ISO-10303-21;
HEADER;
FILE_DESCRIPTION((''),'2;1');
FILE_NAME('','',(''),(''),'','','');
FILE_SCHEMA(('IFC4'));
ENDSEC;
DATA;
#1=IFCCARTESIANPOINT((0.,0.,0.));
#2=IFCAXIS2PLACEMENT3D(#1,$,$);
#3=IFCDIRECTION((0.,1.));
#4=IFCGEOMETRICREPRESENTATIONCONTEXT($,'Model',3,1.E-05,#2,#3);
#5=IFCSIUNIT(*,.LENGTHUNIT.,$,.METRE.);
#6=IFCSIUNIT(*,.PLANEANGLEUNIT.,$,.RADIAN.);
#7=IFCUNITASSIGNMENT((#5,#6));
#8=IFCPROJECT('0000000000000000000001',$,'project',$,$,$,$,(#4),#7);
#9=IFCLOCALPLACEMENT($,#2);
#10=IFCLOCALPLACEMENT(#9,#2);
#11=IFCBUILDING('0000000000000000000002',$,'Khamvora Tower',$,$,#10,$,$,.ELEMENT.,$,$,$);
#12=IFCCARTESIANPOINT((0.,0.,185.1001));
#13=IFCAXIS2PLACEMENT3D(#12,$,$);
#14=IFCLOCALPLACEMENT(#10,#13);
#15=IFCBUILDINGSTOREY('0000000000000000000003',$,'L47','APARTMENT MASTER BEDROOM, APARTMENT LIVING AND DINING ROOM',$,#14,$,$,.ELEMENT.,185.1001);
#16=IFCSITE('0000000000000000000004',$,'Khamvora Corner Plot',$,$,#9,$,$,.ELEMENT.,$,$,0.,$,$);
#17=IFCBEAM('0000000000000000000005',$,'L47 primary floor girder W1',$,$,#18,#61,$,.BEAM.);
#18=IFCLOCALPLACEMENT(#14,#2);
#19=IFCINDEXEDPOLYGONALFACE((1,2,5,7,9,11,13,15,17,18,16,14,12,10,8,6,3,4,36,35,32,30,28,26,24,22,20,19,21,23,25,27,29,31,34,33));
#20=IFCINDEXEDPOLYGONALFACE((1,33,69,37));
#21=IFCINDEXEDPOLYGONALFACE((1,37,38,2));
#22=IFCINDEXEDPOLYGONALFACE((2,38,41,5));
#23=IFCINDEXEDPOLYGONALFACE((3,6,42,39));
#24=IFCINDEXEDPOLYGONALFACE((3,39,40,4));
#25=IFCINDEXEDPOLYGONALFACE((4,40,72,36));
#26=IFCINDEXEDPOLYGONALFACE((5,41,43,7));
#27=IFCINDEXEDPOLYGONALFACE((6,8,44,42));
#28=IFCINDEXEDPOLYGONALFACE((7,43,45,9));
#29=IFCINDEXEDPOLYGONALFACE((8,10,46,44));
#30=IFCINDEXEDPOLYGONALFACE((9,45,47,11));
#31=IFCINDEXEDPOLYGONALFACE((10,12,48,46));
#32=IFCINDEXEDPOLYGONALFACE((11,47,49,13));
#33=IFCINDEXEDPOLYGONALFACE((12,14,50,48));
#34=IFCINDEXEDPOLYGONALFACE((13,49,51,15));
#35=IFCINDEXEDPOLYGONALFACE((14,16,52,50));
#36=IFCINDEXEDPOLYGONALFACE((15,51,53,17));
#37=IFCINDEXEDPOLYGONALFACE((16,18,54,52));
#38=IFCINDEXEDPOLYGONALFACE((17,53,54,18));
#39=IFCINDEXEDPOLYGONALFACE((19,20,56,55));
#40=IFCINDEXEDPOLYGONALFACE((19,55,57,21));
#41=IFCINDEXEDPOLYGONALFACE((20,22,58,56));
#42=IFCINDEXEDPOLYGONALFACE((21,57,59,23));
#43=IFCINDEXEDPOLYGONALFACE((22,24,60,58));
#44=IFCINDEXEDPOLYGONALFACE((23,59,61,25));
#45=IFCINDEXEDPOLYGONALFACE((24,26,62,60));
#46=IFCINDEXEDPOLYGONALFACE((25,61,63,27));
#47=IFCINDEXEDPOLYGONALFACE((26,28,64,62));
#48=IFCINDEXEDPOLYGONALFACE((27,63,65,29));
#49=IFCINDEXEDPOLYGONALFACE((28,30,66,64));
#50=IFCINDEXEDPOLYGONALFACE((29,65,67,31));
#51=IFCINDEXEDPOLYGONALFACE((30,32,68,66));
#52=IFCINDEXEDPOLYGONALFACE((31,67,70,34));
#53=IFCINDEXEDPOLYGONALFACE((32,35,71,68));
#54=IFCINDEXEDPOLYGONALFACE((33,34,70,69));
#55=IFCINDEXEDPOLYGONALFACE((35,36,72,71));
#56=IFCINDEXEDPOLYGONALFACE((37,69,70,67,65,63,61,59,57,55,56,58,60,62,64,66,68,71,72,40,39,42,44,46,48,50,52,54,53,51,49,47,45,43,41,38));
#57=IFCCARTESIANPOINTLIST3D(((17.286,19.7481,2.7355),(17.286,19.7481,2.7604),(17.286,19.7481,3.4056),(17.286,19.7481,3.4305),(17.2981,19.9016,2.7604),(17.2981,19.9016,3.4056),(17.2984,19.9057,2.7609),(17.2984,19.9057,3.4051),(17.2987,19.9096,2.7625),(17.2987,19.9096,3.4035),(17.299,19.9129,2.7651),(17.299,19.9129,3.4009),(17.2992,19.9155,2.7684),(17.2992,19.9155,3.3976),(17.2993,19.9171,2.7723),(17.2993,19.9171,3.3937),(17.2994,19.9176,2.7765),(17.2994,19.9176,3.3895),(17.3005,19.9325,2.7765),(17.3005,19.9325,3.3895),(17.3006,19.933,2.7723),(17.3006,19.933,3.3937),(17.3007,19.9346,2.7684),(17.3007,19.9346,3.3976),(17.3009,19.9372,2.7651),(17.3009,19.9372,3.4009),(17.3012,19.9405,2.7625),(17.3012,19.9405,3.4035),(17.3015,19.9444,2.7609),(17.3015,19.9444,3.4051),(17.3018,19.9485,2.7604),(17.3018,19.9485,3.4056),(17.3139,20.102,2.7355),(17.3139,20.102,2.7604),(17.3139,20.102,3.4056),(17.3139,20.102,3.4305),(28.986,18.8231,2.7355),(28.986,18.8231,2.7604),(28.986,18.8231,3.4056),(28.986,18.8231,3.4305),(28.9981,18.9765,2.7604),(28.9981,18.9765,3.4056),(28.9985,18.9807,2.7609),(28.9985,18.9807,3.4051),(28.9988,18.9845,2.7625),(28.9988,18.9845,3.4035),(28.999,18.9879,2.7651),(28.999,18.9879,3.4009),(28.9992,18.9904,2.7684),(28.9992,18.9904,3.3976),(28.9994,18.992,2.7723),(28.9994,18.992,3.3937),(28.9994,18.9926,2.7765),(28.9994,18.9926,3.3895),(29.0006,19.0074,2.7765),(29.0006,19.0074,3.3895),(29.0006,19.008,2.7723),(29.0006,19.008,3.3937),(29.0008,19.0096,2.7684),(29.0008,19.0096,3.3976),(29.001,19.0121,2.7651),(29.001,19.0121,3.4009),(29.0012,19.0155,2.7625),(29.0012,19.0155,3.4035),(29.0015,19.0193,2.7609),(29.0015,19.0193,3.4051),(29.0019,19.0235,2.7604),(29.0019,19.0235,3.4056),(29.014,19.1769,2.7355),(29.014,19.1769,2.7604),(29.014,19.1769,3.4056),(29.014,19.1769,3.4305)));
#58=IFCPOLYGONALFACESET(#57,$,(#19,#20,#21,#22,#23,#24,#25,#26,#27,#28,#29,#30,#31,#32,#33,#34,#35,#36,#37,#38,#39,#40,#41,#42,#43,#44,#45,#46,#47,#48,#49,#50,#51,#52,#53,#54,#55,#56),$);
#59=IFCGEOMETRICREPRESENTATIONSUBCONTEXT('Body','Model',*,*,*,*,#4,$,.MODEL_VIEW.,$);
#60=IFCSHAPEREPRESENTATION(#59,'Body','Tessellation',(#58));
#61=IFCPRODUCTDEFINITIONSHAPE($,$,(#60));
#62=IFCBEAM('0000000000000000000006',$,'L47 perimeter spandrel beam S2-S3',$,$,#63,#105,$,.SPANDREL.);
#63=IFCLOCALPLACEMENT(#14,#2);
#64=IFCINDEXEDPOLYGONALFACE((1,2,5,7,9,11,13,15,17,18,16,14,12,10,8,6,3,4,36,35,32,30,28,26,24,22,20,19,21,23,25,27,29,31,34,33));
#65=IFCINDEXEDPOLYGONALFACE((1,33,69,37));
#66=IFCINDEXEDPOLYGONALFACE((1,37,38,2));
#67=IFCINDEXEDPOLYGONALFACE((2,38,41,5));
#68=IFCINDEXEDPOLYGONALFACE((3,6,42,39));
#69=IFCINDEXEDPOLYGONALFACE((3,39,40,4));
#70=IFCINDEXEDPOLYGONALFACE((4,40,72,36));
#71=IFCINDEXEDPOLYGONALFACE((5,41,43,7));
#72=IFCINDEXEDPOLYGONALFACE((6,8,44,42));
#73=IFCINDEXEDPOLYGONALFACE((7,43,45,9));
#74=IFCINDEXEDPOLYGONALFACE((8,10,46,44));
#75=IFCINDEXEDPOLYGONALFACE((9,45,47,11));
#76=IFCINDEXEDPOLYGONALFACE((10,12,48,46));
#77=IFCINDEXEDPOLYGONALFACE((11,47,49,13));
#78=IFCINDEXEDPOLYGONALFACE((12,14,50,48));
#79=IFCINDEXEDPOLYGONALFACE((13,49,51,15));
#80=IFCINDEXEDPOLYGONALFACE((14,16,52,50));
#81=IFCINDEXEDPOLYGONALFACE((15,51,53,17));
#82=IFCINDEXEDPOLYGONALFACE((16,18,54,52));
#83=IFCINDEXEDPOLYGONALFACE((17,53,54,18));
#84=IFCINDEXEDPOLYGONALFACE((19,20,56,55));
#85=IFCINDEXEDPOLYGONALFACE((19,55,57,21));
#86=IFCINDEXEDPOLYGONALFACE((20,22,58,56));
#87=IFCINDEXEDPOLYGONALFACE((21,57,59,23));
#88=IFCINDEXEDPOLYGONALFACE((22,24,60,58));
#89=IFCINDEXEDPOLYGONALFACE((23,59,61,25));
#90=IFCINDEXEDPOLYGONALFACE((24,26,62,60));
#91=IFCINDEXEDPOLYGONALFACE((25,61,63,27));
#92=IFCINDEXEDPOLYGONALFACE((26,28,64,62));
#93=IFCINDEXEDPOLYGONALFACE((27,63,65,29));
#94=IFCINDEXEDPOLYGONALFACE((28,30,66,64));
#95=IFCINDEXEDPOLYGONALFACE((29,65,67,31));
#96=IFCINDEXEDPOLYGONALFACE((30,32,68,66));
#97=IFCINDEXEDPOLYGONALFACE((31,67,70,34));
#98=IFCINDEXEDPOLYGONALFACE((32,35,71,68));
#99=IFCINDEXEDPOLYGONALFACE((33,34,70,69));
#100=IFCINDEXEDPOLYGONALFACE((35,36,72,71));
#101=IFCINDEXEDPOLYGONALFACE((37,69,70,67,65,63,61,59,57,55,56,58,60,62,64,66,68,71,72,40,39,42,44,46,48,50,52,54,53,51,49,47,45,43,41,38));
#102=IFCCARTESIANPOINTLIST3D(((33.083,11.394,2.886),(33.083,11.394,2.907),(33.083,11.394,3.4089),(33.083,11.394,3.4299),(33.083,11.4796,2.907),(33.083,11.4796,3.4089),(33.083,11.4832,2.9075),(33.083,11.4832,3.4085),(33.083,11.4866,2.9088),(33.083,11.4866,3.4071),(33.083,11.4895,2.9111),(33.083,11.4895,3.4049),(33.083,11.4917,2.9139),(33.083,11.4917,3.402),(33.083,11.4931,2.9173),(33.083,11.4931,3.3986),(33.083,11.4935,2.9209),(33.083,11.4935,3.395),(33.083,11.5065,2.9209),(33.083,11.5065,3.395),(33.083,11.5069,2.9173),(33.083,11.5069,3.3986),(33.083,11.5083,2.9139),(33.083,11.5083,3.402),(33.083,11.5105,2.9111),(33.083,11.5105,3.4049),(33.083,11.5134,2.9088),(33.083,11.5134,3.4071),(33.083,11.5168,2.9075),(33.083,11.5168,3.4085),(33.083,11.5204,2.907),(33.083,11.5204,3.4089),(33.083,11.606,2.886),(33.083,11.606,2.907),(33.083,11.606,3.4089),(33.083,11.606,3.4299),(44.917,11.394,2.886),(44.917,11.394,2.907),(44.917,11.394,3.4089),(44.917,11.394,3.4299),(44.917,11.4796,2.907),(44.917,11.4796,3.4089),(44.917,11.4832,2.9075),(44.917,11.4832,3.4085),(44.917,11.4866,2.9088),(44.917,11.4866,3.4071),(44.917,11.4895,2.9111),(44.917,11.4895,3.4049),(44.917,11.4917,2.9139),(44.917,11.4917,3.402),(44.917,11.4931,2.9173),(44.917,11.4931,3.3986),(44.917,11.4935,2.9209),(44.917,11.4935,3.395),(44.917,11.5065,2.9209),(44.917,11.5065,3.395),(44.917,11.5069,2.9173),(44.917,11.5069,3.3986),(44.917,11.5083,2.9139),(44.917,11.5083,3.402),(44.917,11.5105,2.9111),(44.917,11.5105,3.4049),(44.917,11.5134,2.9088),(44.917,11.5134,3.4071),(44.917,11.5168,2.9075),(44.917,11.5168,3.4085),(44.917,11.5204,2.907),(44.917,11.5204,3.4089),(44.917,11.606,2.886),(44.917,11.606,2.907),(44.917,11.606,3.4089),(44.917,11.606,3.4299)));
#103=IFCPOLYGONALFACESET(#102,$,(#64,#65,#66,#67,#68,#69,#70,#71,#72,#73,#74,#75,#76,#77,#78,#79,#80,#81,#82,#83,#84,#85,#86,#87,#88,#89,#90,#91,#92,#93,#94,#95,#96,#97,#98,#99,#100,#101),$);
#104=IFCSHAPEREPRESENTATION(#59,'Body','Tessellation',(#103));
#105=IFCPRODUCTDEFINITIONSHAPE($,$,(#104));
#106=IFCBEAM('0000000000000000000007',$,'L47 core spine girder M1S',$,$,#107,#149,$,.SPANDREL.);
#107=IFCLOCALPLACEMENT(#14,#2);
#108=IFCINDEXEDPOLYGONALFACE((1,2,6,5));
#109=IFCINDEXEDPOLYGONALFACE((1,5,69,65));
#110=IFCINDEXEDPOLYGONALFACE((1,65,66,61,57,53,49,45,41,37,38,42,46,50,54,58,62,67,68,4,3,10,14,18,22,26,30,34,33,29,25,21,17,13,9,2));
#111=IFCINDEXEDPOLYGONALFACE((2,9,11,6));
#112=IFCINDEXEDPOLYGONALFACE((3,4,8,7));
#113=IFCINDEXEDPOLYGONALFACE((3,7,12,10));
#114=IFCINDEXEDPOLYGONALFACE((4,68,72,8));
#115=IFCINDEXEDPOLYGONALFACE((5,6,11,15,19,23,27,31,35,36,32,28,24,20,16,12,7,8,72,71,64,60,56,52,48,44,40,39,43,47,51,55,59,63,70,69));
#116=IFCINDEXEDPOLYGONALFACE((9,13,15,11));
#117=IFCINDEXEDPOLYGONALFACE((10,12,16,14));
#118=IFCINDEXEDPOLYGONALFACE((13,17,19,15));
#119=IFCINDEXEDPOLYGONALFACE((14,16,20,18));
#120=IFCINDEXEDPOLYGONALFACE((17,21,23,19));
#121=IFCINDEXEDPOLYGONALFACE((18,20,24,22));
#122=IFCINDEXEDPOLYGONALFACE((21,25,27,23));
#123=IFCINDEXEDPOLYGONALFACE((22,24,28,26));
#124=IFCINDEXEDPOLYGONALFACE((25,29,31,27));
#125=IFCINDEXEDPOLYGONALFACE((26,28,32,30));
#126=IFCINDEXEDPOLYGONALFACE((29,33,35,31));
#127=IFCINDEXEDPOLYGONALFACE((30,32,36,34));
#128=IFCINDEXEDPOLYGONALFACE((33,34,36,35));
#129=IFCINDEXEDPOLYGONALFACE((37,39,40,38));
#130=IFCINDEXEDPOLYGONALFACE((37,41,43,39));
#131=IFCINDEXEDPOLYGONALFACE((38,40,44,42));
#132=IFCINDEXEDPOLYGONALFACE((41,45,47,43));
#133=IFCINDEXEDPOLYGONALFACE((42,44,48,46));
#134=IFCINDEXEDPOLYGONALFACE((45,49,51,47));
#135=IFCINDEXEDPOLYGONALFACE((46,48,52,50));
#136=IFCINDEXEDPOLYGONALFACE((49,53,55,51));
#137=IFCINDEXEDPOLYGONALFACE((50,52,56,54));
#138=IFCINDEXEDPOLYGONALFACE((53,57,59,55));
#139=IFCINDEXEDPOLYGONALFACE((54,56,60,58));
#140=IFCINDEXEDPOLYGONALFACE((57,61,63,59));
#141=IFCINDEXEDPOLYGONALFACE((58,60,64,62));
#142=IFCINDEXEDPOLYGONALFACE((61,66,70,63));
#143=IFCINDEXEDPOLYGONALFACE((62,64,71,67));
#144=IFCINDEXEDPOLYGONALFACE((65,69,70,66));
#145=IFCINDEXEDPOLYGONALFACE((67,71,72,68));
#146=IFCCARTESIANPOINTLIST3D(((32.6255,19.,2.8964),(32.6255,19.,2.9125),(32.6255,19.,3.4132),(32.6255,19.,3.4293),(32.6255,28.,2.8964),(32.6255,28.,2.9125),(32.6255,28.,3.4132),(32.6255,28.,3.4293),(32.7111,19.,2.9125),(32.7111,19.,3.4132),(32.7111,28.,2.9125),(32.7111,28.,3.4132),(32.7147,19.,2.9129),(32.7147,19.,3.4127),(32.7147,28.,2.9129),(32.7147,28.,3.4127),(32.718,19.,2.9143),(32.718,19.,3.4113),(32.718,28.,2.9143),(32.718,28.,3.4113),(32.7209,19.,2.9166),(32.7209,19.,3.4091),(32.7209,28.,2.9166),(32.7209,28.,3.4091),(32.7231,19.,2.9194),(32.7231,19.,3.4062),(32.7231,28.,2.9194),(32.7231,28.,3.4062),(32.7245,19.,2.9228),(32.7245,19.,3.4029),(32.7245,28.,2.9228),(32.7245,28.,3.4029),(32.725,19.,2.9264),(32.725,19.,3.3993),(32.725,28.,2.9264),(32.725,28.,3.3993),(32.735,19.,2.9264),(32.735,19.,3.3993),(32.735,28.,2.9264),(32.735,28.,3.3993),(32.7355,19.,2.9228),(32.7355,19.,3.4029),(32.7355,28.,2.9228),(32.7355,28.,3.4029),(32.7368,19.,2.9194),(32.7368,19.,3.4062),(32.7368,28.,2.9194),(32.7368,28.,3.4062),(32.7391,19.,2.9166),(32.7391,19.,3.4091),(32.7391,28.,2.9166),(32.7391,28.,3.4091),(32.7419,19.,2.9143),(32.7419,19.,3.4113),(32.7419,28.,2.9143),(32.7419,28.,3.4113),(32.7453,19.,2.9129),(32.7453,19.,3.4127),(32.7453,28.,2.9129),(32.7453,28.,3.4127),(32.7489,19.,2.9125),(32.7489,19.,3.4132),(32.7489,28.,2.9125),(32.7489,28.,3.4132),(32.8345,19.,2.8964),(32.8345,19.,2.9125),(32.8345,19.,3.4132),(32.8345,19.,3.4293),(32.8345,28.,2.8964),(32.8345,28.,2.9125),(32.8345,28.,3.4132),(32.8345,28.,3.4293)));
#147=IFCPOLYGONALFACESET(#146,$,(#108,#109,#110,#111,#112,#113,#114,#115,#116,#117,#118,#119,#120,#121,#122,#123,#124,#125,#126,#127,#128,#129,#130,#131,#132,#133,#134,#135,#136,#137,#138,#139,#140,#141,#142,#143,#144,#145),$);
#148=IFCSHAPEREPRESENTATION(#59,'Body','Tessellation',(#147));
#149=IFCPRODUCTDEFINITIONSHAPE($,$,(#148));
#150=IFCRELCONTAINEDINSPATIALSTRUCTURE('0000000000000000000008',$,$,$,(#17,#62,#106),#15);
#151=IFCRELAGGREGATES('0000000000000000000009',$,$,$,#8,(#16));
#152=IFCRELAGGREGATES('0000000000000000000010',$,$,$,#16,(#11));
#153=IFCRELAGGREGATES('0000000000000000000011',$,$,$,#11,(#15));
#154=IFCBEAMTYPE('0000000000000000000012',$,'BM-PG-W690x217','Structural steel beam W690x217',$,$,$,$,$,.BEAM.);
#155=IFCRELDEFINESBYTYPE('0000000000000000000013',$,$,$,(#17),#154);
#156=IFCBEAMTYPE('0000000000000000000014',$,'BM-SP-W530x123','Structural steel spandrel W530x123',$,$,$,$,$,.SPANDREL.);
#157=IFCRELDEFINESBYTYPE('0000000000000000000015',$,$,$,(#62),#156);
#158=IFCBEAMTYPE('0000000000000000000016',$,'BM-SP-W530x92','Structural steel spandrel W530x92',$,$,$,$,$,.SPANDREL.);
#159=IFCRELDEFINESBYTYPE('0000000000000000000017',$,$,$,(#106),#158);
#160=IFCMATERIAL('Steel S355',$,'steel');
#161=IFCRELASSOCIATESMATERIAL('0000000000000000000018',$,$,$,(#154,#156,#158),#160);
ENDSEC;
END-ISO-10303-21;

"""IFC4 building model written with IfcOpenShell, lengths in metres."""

from ifc_helpers import new_model, si_unit, direction, frame, origin, origin_2d, place, context, subcontext, project, spatial, i_section, extrude, material, material_profile, profile_set, type_object, element, save


model = new_model("IFC4")

# Units and contexts
model_context = context("Model", 3, precision=1e-05, world=origin(), true_north=direction((0.0, 1.0)))
body_context = subcontext(model_context, "Body", "Model", "MODEL_VIEW")
ifc_project = project(units=[si_unit("LENGTHUNIT", "METRE"), si_unit("PLANEANGLEUNIT", "RADIAN")], contexts=[model_context])

# Site, building, storey
site_placement = place(None, origin())
site = spatial("IfcSite", under=ifc_project, at=site_placement, Name="Khamvora Corner Plot", CompositionType="ELEMENT", RefElevation=0.0)
building_placement = place(site_placement, origin())
building = spatial("IfcBuilding", under=site, at=building_placement, Name="Khamvora Tower", CompositionType="ELEMENT")
storey_placement = place(building_placement, frame((0.0, 0.0, 185.1001)))
storey = spatial("IfcBuildingStorey", under=building, at=storey_placement, Name="L47", Description="APARTMENT MASTER BEDROOM, APARTMENT LIVING AND DINING ROOM", CompositionType="ELEMENT", Elevation=185.1001)

# Shared definitions
ifc_material_1 = material(Name="Steel S355", Category="steel")

# Beams
ifc_material_profile_1 = material_profile(ifc_material_1, i_section(OverallWidth=0.355, OverallDepth=0.6951, WebThickness=0.0149, FlangeThickness=0.0249, FilletRadius=0.0161, at=origin_2d()), Name="W690x217")
ifc_profile_set_1 = profile_set([ifc_material_profile_1], Name="Steel S355")
beam_type_1 = type_object("IfcBeamType", Name="BM-PG-W690x217", Description="Structural steel beam W690x217", PredefinedType="BEAM", material=ifc_profile_set_1)
beam_1_placement = place(storey_placement, frame((29.0, 19.0, 3.083), z_axis=(-0.996889, 0.078818, 0.0), x_axis=(-0.078818, -0.996889, 0.0)))
element("IfcBeam", 1, at=beam_1_placement, inside=storey, type_object=beam_type_1, Name="L47 primary floor girder W1", PredefinedType="BEAM", context=body_context, shape_type="SweptSolid", body=[
    extrude(i_section(OverallWidth=0.355, OverallDepth=0.6951, WebThickness=0.0149, FlangeThickness=0.0249, FilletRadius=0.0161, at=origin_2d()), origin(), (0.0, 0.0, 1.0), 11.7366),
])
ifc_material_profile_2 = material_profile(ifc_material_1, i_section(OverallWidth=0.2119, OverallDepth=0.5439, WebThickness=0.0129, FlangeThickness=0.021, FilletRadius=0.0139, at=origin_2d()), Name="W530x123")
ifc_profile_set_2 = profile_set([ifc_material_profile_2], Name="Steel S355")
beam_type_2 = type_object("IfcBeamType", Name="BM-SP-W530x123", Description="Structural steel spandrel W530x123", PredefinedType="SPANDREL", material=ifc_profile_set_2)
beam_2_placement = place(storey_placement, frame((33.083, 11.5, 3.158), z_axis=(1.0, 0.0, 0.0), x_axis=(0.0, 1.0, 0.0)))
element("IfcBeam", 2, at=beam_2_placement, inside=storey, type_object=beam_type_2, Name="L47 perimeter spandrel beam S2-S3", PredefinedType="SPANDREL", context=body_context, shape_type="SweptSolid", body=[
    extrude(i_section(OverallWidth=0.2119, OverallDepth=0.5439, WebThickness=0.0129, FlangeThickness=0.021, FilletRadius=0.0139, at=origin_2d()), origin(), (0.0, 0.0, 1.0), 11.834),
])
ifc_material_profile_3 = material_profile(ifc_material_1, i_section(OverallWidth=0.209, OverallDepth=0.533, WebThickness=0.01, FlangeThickness=0.0161, FilletRadius=0.0139, at=origin_2d()), Name="W530x92")
ifc_profile_set_3 = profile_set([ifc_material_profile_3], Name="Steel S355")
beam_type_3 = type_object("IfcBeamType", Name="BM-SP-W530x92", Description="Structural steel spandrel W530x92", PredefinedType="SPANDREL", material=ifc_profile_set_3)
beam_3_placement = place(storey_placement, frame((32.73, 19.0, 3.1628), z_axis=(0.0, 1.0, 0.0), x_axis=(-1.0, 0.0, 0.0)))
element("IfcBeam", 3, at=beam_3_placement, inside=storey, type_object=beam_type_3, Name="L47 core spine girder M1S", PredefinedType="SPANDREL", context=body_context, shape_type="SweptSolid", body=[
    extrude(i_section(OverallWidth=0.209, OverallDepth=0.533, WebThickness=0.01, FlangeThickness=0.0161, FilletRadius=0.0139, at=origin_2d()), origin(), (0.0, 0.0, 1.0), 9.0),
])

save(model, "model.ifc")
